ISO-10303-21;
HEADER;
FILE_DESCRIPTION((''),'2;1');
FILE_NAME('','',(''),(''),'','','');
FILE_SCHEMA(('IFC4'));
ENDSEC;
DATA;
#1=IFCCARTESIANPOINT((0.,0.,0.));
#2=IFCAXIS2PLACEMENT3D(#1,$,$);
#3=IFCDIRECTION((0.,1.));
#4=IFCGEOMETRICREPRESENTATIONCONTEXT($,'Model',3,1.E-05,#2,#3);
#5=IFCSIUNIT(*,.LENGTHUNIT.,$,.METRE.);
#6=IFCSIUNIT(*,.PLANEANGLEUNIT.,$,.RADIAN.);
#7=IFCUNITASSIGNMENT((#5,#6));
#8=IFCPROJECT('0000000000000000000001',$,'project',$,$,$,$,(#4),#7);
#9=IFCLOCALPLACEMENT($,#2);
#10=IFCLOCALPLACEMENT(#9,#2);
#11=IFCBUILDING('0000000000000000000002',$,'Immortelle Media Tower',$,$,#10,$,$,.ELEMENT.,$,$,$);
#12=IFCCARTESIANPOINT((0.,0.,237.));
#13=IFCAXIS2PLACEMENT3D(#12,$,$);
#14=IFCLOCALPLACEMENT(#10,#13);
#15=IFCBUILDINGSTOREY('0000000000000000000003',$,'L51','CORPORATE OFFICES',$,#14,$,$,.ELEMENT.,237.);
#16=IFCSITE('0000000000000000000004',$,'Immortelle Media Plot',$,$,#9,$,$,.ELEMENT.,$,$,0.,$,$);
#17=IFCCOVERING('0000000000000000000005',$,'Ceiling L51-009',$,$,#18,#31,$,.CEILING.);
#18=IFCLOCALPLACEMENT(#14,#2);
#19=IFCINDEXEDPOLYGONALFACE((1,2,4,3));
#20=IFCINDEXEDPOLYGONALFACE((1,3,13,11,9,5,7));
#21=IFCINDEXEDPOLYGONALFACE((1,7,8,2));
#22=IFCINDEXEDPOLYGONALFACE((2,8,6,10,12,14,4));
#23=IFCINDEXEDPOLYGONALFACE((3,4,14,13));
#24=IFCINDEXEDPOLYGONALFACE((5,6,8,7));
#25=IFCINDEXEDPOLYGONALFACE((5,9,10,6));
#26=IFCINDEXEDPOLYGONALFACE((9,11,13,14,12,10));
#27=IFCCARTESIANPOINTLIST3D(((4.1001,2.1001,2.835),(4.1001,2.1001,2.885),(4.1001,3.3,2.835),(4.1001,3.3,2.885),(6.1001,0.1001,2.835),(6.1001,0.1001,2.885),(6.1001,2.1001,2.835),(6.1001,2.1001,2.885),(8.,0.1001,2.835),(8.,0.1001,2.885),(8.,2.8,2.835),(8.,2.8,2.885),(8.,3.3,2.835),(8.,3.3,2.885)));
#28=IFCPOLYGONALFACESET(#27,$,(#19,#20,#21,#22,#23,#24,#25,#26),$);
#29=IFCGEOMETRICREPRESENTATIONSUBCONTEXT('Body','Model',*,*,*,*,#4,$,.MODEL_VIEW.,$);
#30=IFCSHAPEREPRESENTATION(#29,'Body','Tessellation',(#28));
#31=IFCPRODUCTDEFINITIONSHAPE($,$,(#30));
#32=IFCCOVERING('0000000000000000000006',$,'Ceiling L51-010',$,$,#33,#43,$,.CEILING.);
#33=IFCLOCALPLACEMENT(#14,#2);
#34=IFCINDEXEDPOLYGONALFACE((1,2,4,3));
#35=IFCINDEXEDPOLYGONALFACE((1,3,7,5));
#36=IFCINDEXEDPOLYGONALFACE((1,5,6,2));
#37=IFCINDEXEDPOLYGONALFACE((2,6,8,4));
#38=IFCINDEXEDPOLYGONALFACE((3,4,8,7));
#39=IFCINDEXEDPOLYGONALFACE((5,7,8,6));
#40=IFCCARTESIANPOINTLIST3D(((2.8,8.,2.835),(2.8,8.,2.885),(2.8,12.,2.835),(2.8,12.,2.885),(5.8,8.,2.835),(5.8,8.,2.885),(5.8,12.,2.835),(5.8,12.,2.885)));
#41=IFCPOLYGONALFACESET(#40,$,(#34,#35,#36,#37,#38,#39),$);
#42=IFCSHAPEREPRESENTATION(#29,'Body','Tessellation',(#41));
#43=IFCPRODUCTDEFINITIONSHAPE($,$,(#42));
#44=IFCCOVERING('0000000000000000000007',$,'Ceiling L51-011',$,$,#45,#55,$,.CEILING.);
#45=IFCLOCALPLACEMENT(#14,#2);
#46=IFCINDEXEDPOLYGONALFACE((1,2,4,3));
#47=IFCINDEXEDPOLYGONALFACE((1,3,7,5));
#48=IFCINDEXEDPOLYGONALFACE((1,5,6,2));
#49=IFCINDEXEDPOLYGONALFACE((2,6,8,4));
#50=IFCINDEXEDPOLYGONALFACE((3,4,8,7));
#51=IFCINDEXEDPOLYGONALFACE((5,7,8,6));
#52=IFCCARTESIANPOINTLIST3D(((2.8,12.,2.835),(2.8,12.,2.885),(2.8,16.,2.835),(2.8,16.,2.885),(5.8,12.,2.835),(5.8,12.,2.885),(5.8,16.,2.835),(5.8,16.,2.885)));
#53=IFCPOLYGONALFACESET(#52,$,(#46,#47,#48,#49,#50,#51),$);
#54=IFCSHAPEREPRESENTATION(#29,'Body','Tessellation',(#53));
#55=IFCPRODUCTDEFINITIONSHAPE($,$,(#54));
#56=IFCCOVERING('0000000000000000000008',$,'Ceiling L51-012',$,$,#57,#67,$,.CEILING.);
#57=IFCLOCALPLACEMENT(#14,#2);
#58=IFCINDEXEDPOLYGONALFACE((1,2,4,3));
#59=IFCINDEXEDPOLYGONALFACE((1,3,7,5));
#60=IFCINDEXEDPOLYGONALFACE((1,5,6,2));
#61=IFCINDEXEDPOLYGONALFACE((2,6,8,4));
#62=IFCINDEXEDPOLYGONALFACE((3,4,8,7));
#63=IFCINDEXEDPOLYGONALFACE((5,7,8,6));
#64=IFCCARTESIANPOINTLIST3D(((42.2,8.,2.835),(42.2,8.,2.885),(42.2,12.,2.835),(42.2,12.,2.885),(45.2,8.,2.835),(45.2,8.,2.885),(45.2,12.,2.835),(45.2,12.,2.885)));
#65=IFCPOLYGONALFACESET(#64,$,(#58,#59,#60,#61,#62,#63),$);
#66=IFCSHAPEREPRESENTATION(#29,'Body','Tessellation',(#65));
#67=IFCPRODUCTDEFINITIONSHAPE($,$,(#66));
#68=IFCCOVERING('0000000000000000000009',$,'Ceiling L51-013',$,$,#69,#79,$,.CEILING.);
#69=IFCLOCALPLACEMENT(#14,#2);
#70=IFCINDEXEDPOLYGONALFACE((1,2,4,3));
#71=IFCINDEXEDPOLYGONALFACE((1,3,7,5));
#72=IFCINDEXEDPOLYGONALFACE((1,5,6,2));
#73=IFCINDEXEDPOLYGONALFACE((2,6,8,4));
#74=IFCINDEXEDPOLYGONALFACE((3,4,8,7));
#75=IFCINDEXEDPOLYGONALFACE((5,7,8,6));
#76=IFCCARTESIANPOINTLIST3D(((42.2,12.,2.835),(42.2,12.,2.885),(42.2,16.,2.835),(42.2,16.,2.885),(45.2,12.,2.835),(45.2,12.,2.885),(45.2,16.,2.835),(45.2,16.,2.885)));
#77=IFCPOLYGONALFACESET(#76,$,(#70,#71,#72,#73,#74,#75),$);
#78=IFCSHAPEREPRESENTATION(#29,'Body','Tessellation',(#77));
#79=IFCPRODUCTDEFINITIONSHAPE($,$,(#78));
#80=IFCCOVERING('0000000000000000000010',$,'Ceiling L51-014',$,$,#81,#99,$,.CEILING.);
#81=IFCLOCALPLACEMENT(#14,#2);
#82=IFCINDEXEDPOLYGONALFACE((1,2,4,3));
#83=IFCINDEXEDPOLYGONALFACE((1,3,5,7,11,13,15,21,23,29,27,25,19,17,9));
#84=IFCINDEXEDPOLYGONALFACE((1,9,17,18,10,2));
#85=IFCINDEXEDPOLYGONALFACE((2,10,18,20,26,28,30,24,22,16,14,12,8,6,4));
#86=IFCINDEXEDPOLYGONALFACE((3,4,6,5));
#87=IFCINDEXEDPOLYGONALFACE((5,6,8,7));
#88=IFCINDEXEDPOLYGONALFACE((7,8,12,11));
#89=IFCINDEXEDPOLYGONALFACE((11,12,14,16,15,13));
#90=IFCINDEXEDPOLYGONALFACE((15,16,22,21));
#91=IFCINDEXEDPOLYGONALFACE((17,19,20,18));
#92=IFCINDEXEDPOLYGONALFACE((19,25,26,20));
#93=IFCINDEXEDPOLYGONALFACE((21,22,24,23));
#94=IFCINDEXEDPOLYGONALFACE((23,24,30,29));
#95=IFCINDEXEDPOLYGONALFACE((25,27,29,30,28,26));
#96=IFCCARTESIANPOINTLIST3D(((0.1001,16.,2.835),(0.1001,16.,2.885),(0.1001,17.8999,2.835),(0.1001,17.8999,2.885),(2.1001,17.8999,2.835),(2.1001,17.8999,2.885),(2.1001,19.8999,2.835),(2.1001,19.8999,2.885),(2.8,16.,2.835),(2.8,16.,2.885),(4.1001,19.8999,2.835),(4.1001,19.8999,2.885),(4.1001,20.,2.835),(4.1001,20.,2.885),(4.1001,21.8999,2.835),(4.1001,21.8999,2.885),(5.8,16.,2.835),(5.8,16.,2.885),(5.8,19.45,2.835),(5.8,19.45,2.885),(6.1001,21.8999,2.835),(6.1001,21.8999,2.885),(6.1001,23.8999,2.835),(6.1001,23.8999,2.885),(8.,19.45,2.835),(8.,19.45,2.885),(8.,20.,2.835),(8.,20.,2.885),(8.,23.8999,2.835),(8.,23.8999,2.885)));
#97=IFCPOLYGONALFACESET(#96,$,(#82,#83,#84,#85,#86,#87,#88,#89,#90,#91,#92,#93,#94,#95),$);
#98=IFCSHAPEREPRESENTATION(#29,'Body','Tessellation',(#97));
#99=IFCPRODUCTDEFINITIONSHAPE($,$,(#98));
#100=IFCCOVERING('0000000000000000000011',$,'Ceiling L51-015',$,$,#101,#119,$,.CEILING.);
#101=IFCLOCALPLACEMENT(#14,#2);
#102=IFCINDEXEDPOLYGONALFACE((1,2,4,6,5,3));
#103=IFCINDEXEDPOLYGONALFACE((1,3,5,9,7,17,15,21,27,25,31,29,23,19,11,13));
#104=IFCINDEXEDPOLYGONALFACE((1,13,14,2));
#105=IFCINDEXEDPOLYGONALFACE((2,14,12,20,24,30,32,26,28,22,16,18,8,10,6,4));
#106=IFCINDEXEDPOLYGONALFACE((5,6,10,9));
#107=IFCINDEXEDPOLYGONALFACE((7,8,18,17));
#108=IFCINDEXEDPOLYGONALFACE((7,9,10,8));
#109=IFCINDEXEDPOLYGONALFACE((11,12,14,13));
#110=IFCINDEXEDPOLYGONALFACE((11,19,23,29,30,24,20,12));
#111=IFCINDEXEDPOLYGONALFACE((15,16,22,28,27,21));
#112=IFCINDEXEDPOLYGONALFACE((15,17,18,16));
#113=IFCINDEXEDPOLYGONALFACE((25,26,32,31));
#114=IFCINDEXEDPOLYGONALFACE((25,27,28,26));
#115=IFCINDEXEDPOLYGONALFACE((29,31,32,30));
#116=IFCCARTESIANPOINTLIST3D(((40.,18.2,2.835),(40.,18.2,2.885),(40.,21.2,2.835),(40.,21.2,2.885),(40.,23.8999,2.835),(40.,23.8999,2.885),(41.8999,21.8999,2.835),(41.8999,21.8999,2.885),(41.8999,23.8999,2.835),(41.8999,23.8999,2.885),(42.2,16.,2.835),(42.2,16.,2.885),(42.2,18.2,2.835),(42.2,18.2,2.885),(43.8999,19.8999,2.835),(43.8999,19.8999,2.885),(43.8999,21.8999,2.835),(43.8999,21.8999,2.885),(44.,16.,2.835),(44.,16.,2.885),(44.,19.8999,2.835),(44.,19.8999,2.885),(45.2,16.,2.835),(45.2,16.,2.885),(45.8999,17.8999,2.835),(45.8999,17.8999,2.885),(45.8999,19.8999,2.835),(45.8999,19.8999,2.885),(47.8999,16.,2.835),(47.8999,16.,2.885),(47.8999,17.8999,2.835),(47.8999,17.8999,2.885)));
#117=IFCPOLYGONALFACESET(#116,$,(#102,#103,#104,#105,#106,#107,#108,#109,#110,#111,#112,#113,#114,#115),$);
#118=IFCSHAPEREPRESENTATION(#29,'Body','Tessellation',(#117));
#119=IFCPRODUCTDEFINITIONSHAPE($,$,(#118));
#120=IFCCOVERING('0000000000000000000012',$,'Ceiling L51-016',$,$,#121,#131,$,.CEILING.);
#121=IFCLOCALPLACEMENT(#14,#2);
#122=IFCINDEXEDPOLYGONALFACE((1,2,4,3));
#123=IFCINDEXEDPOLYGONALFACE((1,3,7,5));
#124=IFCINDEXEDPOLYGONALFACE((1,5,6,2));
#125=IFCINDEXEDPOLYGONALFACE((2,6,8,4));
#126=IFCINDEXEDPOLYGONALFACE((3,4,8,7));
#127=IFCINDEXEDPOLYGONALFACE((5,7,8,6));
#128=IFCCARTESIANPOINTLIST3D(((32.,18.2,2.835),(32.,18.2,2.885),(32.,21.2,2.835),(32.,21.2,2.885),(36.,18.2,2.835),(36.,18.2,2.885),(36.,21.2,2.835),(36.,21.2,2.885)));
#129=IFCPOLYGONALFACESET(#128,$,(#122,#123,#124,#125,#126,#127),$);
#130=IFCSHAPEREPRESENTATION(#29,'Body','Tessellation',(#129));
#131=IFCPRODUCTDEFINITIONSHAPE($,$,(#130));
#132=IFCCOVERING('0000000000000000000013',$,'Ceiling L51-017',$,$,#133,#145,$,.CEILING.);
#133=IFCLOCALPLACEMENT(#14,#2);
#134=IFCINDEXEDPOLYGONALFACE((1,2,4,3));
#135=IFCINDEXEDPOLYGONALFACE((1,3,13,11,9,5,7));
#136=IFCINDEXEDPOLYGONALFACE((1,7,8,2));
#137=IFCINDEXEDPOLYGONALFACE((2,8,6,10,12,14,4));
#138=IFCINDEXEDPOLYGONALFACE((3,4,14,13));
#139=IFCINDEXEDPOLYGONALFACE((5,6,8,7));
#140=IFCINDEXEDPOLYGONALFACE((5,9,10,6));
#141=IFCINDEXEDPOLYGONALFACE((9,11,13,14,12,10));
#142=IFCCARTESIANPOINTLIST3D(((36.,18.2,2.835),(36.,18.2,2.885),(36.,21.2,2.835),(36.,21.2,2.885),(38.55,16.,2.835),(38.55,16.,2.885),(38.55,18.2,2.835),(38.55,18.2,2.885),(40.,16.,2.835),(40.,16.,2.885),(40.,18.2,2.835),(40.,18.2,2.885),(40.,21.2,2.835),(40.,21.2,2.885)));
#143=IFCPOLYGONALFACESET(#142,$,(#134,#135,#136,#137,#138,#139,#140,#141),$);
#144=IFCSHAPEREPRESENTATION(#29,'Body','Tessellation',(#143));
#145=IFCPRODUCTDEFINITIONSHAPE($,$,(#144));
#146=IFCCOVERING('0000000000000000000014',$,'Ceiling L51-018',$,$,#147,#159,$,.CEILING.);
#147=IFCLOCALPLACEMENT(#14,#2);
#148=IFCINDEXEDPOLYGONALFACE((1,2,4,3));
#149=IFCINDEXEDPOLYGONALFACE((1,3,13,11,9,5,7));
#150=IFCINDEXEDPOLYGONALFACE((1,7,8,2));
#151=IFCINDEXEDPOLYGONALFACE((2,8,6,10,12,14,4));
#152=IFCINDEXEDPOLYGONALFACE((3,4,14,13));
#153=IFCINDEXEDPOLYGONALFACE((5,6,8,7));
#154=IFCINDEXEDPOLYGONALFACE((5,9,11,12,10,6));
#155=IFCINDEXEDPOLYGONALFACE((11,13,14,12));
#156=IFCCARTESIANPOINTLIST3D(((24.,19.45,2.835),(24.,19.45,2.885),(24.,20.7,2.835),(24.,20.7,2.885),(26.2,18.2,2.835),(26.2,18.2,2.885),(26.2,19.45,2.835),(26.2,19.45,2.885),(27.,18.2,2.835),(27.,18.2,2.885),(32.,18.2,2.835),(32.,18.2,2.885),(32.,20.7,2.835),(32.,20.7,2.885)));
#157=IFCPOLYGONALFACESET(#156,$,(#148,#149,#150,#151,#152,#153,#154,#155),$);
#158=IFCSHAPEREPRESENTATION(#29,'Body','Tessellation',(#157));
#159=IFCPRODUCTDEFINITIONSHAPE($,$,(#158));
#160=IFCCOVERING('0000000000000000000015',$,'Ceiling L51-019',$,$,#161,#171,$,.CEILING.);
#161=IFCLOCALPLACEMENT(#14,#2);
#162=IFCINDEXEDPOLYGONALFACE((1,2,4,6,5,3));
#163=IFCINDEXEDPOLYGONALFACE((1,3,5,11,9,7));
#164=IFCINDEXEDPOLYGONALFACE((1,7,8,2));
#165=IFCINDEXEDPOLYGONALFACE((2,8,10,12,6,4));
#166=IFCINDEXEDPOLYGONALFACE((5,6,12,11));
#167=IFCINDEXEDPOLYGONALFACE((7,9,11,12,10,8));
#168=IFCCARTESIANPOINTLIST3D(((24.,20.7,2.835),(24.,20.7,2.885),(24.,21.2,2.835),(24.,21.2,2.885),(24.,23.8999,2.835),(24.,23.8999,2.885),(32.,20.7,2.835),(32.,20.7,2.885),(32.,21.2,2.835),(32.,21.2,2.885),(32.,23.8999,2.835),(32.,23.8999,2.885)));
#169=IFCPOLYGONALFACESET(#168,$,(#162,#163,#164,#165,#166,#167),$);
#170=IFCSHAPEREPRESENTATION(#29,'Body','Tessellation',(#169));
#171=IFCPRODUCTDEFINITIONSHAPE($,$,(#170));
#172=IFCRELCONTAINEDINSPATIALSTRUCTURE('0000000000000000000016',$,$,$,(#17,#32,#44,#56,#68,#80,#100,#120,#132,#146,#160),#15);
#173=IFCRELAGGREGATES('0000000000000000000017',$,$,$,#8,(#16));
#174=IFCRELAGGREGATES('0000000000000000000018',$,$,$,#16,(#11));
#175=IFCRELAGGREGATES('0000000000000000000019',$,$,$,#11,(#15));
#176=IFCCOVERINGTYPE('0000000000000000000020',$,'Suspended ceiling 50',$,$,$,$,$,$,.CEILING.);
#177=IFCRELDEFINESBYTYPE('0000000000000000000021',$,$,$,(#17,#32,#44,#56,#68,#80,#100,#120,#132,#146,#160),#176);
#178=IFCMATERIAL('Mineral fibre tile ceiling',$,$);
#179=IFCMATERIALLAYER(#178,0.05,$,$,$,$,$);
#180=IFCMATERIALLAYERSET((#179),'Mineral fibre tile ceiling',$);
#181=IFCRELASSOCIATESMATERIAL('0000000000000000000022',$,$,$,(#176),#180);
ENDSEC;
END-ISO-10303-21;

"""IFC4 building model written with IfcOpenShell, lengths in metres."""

from ifc_helpers import new_model, si_unit, direction, frame, origin, place, context, subcontext, project, spatial, polyline, outline, extrude, material, layer, layer_set, type_object, element, save


model = new_model("IFC4")

# Units and contexts
model_context = context("Model", 3, precision=1e-05, world=origin(), true_north=direction((0.0, 1.0)))
body_context = subcontext(model_context, "Body", "Model", "MODEL_VIEW")
ifc_project = project(units=[si_unit("LENGTHUNIT", "METRE"), si_unit("PLANEANGLEUNIT", "RADIAN")], contexts=[model_context])

# Site, building, storey
site_placement = place(None, origin())
site = spatial("IfcSite", under=ifc_project, at=site_placement, Name="Immortelle Media Plot", CompositionType="ELEMENT", RefElevation=0.0)
building_placement = place(site_placement, origin())
building = spatial("IfcBuilding", under=site, at=building_placement, Name="Immortelle Media Tower", CompositionType="ELEMENT")
storey_placement = place(building_placement, frame((0.0, 0.0, 237.0)))
storey = spatial("IfcBuildingStorey", under=building, at=storey_placement, Name="L51", Description="CORPORATE OFFICES", CompositionType="ELEMENT", Elevation=237.0)

# Coverings
ifc_material_1 = material(Name="Mineral fibre tile ceiling")
ifc_layer_1 = layer(ifc_material_1, 0.05)
ifc_layer_set_1 = layer_set([ifc_layer_1], Name="Mineral fibre tile ceiling")
covering_type = type_object("IfcCoveringType", Name="Suspended ceiling 50", PredefinedType="CEILING", material=ifc_layer_set_1)
covering_1_placement = place(storey_placement, frame((0.0, 0.0, 2.835)))
element("IfcCovering", 1, at=covering_1_placement, inside=storey, type_object=covering_type, Name="Ceiling L51-009", PredefinedType="CEILING", context=body_context, shape_type="SweptSolid", body=[
    extrude(outline(polyline([(4.1001, 3.3), (8.0, 3.3), (8.0, 2.8), (8.0, 0.1001), (6.1001, 0.1001), (6.1001, 2.1001), (4.1001, 2.1001), (4.1001, 3.3)])), origin(), (0.0, 0.0, 1.0), 0.05),
])
covering_2_placement = place(storey_placement, frame((0.0, 0.0, 2.835)))
element("IfcCovering", 2, at=covering_2_placement, inside=storey, type_object=covering_type, Name="Ceiling L51-010", PredefinedType="CEILING", context=body_context, shape_type="SweptSolid", body=[
    extrude(outline(polyline([(2.8, 8.0), (2.8, 12.0), (5.8, 12.0), (5.8, 8.0), (2.8, 8.0)])), origin(), (0.0, 0.0, 1.0), 0.05),
])
covering_3_placement = place(storey_placement, frame((0.0, 0.0, 2.835)))
element("IfcCovering", 3, at=covering_3_placement, inside=storey, type_object=covering_type, Name="Ceiling L51-011", PredefinedType="CEILING", context=body_context, shape_type="SweptSolid", body=[
    extrude(outline(polyline([(2.8, 16.0), (5.8, 16.0), (5.8, 12.0), (2.8, 12.0), (2.8, 16.0)])), origin(), (0.0, 0.0, 1.0), 0.05),
])
covering_4_placement = place(storey_placement, frame((0.0, 0.0, 2.835)))
element("IfcCovering", 4, at=covering_4_placement, inside=storey, type_object=covering_type, Name="Ceiling L51-012", PredefinedType="CEILING", context=body_context, shape_type="SweptSolid", body=[
    extrude(outline(polyline([(42.2, 8.0), (42.2, 12.0), (45.2, 12.0), (45.2, 8.0), (42.2, 8.0)])), origin(), (0.0, 0.0, 1.0), 0.05),
])
covering_5_placement = place(storey_placement, frame((0.0, 0.0, 2.835)))
element("IfcCovering", 5, at=covering_5_placement, inside=storey, type_object=covering_type, Name="Ceiling L51-013", PredefinedType="CEILING", context=body_context, shape_type="SweptSolid", body=[
    extrude(outline(polyline([(42.2, 16.0), (45.2, 16.0), (45.2, 12.0), (42.2, 12.0), (42.2, 16.0)])), origin(), (0.0, 0.0, 1.0), 0.05),
])
covering_6_placement = place(storey_placement, frame((0.0, 0.0, 2.835)))
element("IfcCovering", 6, at=covering_6_placement, inside=storey, type_object=covering_type, Name="Ceiling L51-014", PredefinedType="CEILING", context=body_context, shape_type="SweptSolid", body=[
    extrude(outline(polyline([(2.8, 16.0), (0.1001, 16.0), (0.1001, 17.8999), (2.1001, 17.8999), (2.1001, 19.8999), (4.1001, 19.8999), (4.1001, 20.0), (4.1001, 21.8999), (6.1001, 21.8999), (6.1001, 23.8999), (8.0, 23.8999), (8.0, 20.0), (8.0, 19.45), (5.8, 19.45), (5.8, 16.0), (2.8, 16.0)])), origin(), (0.0, 0.0, 1.0), 0.05),
])
covering_7_placement = place(storey_placement, frame((0.0, 0.0, 2.835)))
element("IfcCovering", 7, at=covering_7_placement, inside=storey, type_object=covering_type, Name="Ceiling L51-015", PredefinedType="CEILING", context=body_context, shape_type="SweptSolid", body=[
    extrude(outline(polyline([(45.8999, 19.8999), (45.8999, 17.8999), (47.8999, 17.8999), (47.8999, 16.0), (45.2, 16.0), (44.0, 16.0), (42.2, 16.0), (42.2, 18.2), (40.0, 18.2), (40.0, 21.2), (40.0, 23.8999), (41.8999, 23.8999), (41.8999, 21.8999), (43.8999, 21.8999), (43.8999, 19.8999), (44.0, 19.8999), (45.8999, 19.8999)])), origin(), (0.0, 0.0, 1.0), 0.05),
])
covering_8_placement = place(storey_placement, frame((0.0, 0.0, 2.835)))
element("IfcCovering", 8, at=covering_8_placement, inside=storey, type_object=covering_type, Name="Ceiling L51-016", PredefinedType="CEILING", context=body_context, shape_type="SweptSolid", body=[
    extrude(outline(polyline([(32.0, 18.2), (32.0, 21.2), (36.0, 21.2), (36.0, 18.2), (32.0, 18.2)])), origin(), (0.0, 0.0, 1.0), 0.05),
])
covering_9_placement = place(storey_placement, frame((0.0, 0.0, 2.835)))
element("IfcCovering", 9, at=covering_9_placement, inside=storey, type_object=covering_type, Name="Ceiling L51-017", PredefinedType="CEILING", context=body_context, shape_type="SweptSolid", body=[
    extrude(outline(polyline([(38.55, 18.2), (36.0, 18.2), (36.0, 21.2), (40.0, 21.2), (40.0, 18.2), (40.0, 16.0), (38.55, 16.0), (38.55, 18.2)])), origin(), (0.0, 0.0, 1.0), 0.05),
])
covering_10_placement = place(storey_placement, frame((0.0, 0.0, 2.835)))
element("IfcCovering", 10, at=covering_10_placement, inside=storey, type_object=covering_type, Name="Ceiling L51-018", PredefinedType="CEILING", context=body_context, shape_type="SweptSolid", body=[
    extrude(outline(polyline([(26.2, 18.2), (26.2, 19.45), (24.0, 19.45), (24.0, 20.7), (32.0, 20.7), (32.0, 18.2), (27.0, 18.2), (26.2, 18.2)])), origin(), (0.0, 0.0, 1.0), 0.05),
])
covering_11_placement = place(storey_placement, frame((0.0, 0.0, 2.835)))
element("IfcCovering", 11, at=covering_11_placement, inside=storey, type_object=covering_type, Name="Ceiling L51-019", PredefinedType="CEILING", context=body_context, shape_type="SweptSolid", body=[
    extrude(outline(polyline([(24.0, 21.2), (24.0, 23.8999), (32.0, 23.8999), (32.0, 21.2), (32.0, 20.7), (24.0, 20.7), (24.0, 21.2)])), origin(), (0.0, 0.0, 1.0), 0.05),
])

save(model, "model.ifc")
